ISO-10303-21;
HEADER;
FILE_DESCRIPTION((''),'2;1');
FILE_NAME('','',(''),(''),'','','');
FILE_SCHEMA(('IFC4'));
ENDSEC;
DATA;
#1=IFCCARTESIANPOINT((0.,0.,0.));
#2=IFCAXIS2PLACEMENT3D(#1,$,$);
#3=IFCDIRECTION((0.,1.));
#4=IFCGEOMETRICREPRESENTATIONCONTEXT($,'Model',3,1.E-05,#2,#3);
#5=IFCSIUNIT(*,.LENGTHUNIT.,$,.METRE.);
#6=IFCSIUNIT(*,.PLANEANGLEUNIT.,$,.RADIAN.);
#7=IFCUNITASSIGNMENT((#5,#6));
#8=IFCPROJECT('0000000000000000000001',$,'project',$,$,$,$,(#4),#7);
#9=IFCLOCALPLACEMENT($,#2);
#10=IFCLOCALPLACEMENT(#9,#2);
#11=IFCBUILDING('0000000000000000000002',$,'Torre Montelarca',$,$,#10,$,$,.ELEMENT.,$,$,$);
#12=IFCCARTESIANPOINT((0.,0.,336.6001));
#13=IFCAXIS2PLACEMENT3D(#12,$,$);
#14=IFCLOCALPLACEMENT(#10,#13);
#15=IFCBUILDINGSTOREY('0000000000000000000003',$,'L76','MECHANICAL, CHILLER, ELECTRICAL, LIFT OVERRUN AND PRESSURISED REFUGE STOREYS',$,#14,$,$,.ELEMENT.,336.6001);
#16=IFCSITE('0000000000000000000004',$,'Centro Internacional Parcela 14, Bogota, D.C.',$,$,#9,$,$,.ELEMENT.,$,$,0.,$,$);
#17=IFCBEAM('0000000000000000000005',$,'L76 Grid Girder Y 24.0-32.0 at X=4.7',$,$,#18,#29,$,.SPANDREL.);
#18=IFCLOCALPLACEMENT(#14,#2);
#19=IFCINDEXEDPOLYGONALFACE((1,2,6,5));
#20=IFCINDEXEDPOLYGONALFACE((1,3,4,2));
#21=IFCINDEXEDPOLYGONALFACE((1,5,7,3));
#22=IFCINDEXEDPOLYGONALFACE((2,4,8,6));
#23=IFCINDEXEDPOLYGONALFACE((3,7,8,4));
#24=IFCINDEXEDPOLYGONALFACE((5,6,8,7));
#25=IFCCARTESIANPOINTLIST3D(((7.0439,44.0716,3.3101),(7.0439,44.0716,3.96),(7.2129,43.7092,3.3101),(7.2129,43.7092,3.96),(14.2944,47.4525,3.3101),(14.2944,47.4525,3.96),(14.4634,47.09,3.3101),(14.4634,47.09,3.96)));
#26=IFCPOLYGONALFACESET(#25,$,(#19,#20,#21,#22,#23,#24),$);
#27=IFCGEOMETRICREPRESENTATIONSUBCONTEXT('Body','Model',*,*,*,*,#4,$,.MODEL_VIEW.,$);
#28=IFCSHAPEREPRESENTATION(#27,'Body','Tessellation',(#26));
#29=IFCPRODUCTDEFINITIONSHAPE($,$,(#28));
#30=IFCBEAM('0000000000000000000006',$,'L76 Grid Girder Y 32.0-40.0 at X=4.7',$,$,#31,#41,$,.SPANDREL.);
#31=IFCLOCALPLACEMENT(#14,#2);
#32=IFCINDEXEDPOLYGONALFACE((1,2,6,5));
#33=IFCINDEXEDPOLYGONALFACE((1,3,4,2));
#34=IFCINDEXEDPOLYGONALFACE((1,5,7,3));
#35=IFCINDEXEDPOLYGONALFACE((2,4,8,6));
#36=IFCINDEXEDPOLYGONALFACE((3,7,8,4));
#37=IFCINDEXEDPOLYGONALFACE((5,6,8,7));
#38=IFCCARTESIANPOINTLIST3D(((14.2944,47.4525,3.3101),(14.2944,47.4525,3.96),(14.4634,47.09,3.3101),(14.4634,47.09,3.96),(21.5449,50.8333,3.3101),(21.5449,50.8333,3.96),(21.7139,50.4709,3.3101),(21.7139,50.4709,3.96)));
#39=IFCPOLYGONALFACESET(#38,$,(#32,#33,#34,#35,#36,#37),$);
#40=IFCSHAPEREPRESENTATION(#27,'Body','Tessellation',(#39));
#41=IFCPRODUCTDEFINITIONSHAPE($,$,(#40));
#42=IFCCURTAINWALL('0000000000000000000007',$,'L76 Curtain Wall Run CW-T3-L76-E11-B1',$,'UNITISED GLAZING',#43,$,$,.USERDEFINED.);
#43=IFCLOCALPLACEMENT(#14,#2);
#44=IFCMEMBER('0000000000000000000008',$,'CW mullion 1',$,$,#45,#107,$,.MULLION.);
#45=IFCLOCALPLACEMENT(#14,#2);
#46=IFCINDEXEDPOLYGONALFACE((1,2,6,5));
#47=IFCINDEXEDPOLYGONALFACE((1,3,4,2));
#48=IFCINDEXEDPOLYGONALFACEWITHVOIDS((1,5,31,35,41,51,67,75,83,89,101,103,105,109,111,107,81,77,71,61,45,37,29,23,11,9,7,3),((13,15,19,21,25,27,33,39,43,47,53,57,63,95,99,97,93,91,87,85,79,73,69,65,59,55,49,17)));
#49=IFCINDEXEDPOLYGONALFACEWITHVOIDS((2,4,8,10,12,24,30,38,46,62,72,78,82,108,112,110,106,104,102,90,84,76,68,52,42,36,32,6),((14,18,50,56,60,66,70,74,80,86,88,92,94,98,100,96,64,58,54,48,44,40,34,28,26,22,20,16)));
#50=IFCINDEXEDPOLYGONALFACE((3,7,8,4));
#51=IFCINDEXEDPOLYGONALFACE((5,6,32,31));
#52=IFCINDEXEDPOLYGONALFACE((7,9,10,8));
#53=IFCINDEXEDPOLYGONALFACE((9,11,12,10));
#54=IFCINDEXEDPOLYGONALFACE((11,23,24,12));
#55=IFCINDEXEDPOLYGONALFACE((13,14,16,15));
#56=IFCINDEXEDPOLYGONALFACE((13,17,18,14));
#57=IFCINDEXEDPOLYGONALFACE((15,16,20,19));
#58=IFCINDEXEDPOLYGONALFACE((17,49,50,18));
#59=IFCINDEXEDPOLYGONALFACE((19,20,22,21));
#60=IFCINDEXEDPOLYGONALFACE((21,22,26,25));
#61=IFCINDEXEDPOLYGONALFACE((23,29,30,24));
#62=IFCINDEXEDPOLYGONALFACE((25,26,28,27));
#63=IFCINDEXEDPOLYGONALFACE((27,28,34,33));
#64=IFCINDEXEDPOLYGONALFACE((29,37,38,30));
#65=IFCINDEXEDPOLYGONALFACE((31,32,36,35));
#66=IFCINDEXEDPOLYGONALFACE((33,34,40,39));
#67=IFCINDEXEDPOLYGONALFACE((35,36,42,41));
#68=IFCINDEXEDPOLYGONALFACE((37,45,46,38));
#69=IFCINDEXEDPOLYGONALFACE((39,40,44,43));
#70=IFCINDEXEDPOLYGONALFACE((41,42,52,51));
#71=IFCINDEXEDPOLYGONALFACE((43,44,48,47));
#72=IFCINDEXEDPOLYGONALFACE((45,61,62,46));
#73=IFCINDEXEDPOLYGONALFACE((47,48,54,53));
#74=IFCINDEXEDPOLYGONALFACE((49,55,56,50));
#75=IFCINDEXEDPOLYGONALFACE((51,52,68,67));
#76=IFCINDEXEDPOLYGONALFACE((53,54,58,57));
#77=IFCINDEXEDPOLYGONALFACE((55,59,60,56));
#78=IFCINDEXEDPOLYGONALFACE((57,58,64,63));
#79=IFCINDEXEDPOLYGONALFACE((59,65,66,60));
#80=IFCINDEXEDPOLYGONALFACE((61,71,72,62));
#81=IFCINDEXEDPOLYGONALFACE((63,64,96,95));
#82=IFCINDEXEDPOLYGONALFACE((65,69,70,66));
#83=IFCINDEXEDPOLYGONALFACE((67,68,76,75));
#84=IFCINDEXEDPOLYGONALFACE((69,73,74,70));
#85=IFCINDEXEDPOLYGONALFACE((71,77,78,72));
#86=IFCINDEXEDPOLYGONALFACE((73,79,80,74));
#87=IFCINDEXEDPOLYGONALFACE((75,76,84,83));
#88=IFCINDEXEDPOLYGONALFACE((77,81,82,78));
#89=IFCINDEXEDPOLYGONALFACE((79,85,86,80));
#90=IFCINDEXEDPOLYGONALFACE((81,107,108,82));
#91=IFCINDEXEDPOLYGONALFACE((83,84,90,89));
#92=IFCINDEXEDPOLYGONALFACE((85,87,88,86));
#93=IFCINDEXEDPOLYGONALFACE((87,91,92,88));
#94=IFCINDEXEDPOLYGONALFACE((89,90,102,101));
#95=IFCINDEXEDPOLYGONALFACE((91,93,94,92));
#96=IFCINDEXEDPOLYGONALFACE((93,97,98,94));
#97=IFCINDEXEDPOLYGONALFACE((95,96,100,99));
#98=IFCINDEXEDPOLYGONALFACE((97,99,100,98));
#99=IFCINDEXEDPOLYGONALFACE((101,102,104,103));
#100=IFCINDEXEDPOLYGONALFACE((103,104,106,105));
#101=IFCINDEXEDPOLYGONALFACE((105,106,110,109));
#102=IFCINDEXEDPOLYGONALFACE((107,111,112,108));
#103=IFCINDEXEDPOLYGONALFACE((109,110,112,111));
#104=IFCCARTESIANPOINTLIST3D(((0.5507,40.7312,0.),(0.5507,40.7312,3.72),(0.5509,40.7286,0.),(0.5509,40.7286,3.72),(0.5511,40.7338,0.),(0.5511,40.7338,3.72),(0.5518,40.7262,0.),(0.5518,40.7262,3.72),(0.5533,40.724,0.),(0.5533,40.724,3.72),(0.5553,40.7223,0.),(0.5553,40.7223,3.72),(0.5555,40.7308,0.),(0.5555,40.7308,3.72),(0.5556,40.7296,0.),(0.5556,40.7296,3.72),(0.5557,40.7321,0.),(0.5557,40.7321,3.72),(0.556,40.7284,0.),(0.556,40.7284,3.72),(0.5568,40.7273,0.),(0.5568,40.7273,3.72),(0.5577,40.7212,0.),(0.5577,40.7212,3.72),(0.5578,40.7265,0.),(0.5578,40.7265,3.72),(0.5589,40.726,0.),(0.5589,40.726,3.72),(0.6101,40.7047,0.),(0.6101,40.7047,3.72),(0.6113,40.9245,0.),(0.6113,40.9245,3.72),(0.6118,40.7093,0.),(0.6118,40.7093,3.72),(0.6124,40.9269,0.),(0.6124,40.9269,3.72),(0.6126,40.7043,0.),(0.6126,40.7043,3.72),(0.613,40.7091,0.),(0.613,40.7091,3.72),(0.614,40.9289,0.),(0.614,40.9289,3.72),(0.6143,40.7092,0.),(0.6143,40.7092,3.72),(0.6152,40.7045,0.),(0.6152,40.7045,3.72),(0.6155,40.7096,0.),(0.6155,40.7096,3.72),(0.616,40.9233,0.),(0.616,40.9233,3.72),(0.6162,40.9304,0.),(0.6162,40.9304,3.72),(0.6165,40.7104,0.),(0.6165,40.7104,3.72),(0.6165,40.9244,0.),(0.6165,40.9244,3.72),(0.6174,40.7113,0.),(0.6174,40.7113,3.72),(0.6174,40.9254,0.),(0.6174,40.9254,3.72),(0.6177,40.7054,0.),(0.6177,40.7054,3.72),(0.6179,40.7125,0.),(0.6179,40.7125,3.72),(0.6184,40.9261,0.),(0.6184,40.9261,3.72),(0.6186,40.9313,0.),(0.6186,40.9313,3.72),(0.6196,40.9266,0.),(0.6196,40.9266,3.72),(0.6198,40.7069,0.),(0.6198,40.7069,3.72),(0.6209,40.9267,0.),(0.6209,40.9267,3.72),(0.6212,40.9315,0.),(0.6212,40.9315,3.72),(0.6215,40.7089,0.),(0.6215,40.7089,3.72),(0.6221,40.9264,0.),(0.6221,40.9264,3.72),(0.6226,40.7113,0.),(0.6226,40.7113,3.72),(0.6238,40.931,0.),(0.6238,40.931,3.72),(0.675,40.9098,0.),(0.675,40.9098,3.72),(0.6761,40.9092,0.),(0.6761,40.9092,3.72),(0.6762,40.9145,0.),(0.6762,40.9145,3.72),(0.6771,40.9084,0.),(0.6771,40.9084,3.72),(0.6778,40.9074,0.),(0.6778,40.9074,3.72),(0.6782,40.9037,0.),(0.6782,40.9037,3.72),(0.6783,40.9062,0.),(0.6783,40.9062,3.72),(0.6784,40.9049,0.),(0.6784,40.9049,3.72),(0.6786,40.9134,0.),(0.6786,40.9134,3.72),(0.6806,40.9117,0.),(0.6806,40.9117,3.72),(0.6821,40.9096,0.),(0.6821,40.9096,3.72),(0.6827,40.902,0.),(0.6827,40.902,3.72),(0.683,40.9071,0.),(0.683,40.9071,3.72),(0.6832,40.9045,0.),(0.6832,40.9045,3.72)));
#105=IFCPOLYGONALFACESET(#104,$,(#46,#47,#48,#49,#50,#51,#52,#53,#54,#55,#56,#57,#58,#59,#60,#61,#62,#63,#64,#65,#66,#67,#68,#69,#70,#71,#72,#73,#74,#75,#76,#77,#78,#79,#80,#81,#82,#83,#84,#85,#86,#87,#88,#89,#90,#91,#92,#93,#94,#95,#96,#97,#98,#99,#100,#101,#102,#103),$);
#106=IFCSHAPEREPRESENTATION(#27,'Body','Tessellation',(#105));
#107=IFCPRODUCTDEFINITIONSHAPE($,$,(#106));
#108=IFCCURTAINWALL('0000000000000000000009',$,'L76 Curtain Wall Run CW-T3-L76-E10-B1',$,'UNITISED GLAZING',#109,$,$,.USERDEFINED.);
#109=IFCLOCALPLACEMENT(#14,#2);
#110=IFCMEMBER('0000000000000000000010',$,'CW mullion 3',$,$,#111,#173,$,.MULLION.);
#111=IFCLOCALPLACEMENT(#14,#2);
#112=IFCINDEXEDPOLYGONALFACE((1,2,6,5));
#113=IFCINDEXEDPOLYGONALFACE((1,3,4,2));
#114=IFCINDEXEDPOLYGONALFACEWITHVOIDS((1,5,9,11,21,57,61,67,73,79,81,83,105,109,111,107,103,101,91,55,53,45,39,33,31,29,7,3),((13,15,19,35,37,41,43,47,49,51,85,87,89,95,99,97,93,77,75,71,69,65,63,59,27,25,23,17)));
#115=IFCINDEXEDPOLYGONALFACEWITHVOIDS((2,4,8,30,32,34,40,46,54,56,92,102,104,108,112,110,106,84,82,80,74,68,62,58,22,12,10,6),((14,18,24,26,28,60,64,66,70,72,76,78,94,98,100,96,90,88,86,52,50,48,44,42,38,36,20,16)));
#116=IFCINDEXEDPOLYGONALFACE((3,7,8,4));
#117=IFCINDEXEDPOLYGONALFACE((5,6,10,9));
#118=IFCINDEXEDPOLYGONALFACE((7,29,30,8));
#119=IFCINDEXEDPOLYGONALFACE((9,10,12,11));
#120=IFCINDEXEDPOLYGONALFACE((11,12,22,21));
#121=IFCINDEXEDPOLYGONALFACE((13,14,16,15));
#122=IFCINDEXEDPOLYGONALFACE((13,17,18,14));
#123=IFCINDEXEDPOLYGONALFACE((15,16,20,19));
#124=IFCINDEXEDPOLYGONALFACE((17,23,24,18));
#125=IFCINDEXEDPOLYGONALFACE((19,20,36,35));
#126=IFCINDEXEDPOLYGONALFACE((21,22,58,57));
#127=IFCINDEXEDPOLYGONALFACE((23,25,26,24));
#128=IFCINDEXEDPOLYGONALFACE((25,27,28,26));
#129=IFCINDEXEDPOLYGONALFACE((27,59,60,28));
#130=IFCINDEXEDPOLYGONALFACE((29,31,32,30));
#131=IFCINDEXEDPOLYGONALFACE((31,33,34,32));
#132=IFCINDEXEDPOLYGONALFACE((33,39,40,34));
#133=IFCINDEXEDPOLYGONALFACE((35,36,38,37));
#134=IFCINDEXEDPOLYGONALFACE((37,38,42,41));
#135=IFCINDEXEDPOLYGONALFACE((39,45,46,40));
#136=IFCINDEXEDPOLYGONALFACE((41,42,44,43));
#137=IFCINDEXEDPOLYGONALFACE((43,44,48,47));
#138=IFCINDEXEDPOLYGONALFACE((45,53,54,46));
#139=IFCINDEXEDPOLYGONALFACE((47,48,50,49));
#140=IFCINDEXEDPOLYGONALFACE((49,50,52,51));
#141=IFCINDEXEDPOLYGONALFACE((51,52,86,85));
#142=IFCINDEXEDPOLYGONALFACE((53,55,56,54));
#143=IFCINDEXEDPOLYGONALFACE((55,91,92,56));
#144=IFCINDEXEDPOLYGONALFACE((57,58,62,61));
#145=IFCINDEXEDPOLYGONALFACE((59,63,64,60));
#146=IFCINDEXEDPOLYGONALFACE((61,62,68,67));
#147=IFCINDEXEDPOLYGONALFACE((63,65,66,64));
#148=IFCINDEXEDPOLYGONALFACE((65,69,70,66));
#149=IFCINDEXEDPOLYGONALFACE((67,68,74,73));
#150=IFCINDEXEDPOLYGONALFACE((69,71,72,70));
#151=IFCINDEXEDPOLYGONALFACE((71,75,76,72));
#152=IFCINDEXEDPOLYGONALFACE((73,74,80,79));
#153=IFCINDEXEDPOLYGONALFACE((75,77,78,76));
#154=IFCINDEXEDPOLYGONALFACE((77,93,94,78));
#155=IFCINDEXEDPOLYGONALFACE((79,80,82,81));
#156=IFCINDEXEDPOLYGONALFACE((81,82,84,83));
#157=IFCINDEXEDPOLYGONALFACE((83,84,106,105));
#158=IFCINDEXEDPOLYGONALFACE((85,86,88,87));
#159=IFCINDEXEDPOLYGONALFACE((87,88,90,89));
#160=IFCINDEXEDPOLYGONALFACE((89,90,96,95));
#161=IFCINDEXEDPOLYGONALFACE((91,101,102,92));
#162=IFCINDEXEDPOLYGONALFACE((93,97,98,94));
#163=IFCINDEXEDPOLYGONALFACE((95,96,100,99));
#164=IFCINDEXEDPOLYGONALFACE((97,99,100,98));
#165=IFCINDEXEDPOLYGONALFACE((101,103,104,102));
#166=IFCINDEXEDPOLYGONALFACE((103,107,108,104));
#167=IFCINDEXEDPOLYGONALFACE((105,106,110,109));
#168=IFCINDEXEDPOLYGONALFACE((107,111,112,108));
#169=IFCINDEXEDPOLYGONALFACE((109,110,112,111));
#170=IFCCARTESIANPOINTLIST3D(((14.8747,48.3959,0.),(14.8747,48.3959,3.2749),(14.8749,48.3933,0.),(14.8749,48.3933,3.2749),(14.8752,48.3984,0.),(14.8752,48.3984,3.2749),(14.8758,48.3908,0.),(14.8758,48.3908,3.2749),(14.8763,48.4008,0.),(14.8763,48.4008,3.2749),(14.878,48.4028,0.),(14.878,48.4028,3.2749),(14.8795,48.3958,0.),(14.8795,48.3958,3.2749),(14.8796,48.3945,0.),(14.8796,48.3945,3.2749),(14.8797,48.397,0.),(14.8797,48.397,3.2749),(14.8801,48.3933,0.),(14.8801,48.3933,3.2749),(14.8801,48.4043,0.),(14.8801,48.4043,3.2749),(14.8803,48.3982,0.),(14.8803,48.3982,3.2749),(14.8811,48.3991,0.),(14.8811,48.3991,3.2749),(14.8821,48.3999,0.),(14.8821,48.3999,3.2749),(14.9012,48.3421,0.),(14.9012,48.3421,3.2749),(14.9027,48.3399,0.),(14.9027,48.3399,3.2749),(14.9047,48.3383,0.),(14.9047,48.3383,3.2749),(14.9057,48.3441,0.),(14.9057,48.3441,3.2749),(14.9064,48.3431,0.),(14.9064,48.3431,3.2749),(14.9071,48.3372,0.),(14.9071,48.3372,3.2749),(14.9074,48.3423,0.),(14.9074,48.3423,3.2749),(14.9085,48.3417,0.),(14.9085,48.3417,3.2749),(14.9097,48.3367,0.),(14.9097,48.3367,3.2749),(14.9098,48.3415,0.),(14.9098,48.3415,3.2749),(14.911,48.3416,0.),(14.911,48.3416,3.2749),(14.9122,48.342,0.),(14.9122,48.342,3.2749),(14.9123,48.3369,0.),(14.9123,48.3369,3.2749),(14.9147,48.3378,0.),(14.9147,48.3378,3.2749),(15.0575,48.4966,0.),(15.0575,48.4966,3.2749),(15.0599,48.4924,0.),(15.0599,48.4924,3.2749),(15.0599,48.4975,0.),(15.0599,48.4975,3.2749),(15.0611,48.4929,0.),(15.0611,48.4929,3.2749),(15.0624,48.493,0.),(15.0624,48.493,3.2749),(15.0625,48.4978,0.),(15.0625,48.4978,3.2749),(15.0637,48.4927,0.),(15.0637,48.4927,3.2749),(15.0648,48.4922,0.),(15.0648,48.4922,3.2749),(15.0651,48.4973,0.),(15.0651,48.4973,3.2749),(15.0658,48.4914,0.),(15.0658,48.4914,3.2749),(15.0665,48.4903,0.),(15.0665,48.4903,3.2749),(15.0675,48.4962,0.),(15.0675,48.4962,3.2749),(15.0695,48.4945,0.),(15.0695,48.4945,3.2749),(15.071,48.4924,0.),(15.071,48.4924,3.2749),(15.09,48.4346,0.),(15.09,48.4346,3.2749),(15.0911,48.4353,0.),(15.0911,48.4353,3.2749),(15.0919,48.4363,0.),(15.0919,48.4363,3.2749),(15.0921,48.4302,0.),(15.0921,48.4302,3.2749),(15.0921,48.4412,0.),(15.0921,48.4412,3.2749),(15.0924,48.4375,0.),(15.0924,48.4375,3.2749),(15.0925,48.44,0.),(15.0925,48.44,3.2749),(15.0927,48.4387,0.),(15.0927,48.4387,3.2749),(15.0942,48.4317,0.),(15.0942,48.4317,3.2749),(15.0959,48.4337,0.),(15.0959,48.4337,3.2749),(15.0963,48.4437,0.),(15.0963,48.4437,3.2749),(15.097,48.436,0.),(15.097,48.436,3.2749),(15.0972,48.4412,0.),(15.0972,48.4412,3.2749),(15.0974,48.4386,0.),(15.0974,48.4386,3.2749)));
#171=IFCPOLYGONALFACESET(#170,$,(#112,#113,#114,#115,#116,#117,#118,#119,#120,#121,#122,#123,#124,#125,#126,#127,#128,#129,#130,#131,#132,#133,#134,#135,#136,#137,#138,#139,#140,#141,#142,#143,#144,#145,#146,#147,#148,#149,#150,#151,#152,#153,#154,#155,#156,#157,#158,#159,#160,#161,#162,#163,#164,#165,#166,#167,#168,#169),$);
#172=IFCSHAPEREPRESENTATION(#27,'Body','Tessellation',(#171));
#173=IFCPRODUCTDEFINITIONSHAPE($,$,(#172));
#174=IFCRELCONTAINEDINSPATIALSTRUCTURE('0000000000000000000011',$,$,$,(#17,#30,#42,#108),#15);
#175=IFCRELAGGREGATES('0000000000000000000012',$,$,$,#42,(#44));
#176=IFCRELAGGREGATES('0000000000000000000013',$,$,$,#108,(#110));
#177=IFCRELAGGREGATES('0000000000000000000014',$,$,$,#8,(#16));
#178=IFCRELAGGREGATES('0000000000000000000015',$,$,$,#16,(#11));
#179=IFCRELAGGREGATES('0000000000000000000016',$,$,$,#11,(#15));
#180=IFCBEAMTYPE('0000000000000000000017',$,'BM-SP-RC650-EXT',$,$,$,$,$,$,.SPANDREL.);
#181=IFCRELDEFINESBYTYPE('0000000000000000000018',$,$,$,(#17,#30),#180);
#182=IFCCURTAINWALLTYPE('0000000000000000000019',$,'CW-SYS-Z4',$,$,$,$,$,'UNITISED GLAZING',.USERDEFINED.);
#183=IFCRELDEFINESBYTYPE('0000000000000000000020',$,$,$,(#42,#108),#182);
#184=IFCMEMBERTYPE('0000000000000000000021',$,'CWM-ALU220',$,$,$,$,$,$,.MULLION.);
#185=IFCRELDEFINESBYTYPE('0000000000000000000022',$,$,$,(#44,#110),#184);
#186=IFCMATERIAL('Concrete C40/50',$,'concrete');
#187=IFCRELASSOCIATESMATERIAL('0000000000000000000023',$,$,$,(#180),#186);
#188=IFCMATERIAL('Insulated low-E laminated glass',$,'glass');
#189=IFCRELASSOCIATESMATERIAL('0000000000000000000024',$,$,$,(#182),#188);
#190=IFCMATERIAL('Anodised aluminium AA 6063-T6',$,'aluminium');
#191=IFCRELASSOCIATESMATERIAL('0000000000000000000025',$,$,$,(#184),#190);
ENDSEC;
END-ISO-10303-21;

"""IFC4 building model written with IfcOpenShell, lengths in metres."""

from ifc_helpers import new_model, si_unit, direction, frame, origin, origin_2d, place, context, subcontext, project, spatial, rectangle, hollow_rectangle, extrude, source, transform, mapped, material, material_profile, profile_set, type_object, element, aggregate, save


model = new_model("IFC4")

# Units and contexts
model_context = context("Model", 3, precision=1e-05, world=origin(), true_north=direction((0.0, 1.0)))
body_context = subcontext(model_context, "Body", "Model", "MODEL_VIEW")
ifc_project = project(units=[si_unit("LENGTHUNIT", "METRE"), si_unit("PLANEANGLEUNIT", "RADIAN")], contexts=[model_context])

# Site, building, storey
site_placement = place(None, origin())
site = spatial("IfcSite", under=ifc_project, at=site_placement, Name="Centro Internacional Parcela 14, Bogota, D.C.", CompositionType="ELEMENT", RefElevation=0.0)
building_placement = place(site_placement, origin())
building = spatial("IfcBuilding", under=site, at=building_placement, Name="Torre Montelarca", CompositionType="ELEMENT")
storey_placement = place(building_placement, frame((0.0, 0.0, 336.6001)))
storey = spatial("IfcBuildingStorey", under=building, at=storey_placement, Name="L76", Description="MECHANICAL, CHILLER, ELECTRICAL, LIFT OVERRUN AND PRESSURISED REFUGE STOREYS", CompositionType="ELEMENT", Elevation=336.6001)

# Shared definitions
ifc_material_1 = material(Name="Concrete C40/50", Category="concrete")

# Beams
ifc_material_profile_1 = material_profile(ifc_material_1, rectangle(XDim=0.3999, YDim=0.6499, at=origin_2d()), Name="RCB400X650", Category="concrete")
ifc_profile_set_1 = profile_set([ifc_material_profile_1], Name="Concrete C40/50")
beam_type = type_object("IfcBeamType", Name="BM-SP-RC650-EXT", PredefinedType="SPANDREL", material=ifc_profile_set_1)
shared_shape_1 = source(origin(), body_context, "Body", "SweptSolid", [
    extrude(rectangle(XDim=0.3999, YDim=0.6499, at=origin_2d()), origin(), (0.0, 0.0, 1.0), 8.0),
])
for number, where, z_axis, x_axis, name in (
    (1, (7.1284, 43.8904, 3.635), (0.906313, 0.422608, 0.0), (-0.422608, 0.906313, 0.0), "L76 Grid Girder Y 24.0-32.0 at X=4.7"),
    (2, (14.3789, 47.2712, 3.635), (0.906313, 0.422608, 0.0), (-0.422608, 0.906313, 0.0), "L76 Grid Girder Y 32.0-40.0 at X=4.7"),
):
    element("IfcBeam", number, at=place(storey_placement, frame(where, z_axis=z_axis, x_axis=x_axis)), inside=storey, type_object=beam_type, Name=name, PredefinedType="SPANDREL", context=body_context, shape_type="MappedRepresentation", body=[
        mapped(shared_shape_1, transform((0.0, 0.0, 0.0), scale=1.0)),
    ])

# Curtain walls, members
ifc_material_2 = material(Name="Insulated low-E laminated glass", Category="glass")
curtain_wall_type = type_object("IfcCurtainWallType", Name="CW-SYS-Z4", ElementType="UNITISED GLAZING", PredefinedType="USERDEFINED", material=ifc_material_2)
curtain_wall_1_placement = place(storey_placement, origin())
curtain_wall_1 = element("IfcCurtainWall", 3, at=curtain_wall_1_placement, inside=storey, type_object=curtain_wall_type, Name="L76 Curtain Wall Run CW-T3-L76-E11-B1", ObjectType="UNITISED GLAZING", PredefinedType="USERDEFINED")
ifc_material_3 = material(Name="Anodised aluminium AA 6063-T6", Category="aluminium")
ifc_material_profile_2 = material_profile(ifc_material_3, hollow_rectangle(XDim=0.075, YDim=0.22, WallThickness=0.0049, InnerFilletRadius=0.0049, OuterFilletRadius=0.01, at=origin_2d()), Name="ALU75X220X5", Category="aluminium")
ifc_profile_set_2 = profile_set([ifc_material_profile_2], Name="Anodised aluminium AA 6063-T6")
member_type_1 = type_object("IfcMemberType", Name="CWM-ALU220", PredefinedType="MULLION", material=ifc_profile_set_2)
shared_shape_2 = source(origin(), body_context, "Body", "SweptSolid", [
    extrude(hollow_rectangle(XDim=0.075, YDim=0.22, WallThickness=0.0049, InnerFilletRadius=0.0049, OuterFilletRadius=0.01, at=origin_2d()), origin(), (0.0, 0.0, 1.0), 3.72),
])
member_1_placement = place(storey_placement, frame((0.6169, 40.8179, 0.0), z_axis=(0.0, 0.0, 1.0), x_axis=(0.953721, -0.300693, 0.0)))
member_1 = element("IfcMember", 4, at=member_1_placement, type_object=member_type_1, Name="CW mullion 1", PredefinedType="MULLION", context=body_context, shape_type="MappedRepresentation", body=[
    mapped(shared_shape_2, transform((0.0, 0.0, 0.0), scale=1.0)),
])
aggregate(curtain_wall_1, [member_1])
curtain_wall_2_placement = place(storey_placement, origin())
curtain_wall_2 = element("IfcCurtainWall", 5, at=curtain_wall_2_placement, inside=storey, type_object=curtain_wall_type, Name="L76 Curtain Wall Run CW-T3-L76-E10-B1", ObjectType="UNITISED GLAZING", PredefinedType="USERDEFINED")
shared_shape_3 = source(origin(), body_context, "Body", "SweptSolid", [
    extrude(hollow_rectangle(XDim=0.075, YDim=0.22, WallThickness=0.0049, InnerFilletRadius=0.0049, OuterFilletRadius=0.01, at=origin_2d()), origin(), (0.0, 0.0, 1.0), 3.2749),
])
member_2_placement = place(storey_placement, frame((14.9861, 48.4172, 0.0), z_axis=(0.0, 0.0, 1.0), x_axis=(0.461756, -0.887007, 0.0)))
member_2 = element("IfcMember", 6, at=member_2_placement, type_object=member_type_1, Name="CW mullion 3", PredefinedType="MULLION", context=body_context, shape_type="MappedRepresentation", body=[
    mapped(shared_shape_3, transform((0.0, 0.0, 0.0), scale=1.0)),
])
aggregate(curtain_wall_2, [member_2])

save(model, "model.ifc")
